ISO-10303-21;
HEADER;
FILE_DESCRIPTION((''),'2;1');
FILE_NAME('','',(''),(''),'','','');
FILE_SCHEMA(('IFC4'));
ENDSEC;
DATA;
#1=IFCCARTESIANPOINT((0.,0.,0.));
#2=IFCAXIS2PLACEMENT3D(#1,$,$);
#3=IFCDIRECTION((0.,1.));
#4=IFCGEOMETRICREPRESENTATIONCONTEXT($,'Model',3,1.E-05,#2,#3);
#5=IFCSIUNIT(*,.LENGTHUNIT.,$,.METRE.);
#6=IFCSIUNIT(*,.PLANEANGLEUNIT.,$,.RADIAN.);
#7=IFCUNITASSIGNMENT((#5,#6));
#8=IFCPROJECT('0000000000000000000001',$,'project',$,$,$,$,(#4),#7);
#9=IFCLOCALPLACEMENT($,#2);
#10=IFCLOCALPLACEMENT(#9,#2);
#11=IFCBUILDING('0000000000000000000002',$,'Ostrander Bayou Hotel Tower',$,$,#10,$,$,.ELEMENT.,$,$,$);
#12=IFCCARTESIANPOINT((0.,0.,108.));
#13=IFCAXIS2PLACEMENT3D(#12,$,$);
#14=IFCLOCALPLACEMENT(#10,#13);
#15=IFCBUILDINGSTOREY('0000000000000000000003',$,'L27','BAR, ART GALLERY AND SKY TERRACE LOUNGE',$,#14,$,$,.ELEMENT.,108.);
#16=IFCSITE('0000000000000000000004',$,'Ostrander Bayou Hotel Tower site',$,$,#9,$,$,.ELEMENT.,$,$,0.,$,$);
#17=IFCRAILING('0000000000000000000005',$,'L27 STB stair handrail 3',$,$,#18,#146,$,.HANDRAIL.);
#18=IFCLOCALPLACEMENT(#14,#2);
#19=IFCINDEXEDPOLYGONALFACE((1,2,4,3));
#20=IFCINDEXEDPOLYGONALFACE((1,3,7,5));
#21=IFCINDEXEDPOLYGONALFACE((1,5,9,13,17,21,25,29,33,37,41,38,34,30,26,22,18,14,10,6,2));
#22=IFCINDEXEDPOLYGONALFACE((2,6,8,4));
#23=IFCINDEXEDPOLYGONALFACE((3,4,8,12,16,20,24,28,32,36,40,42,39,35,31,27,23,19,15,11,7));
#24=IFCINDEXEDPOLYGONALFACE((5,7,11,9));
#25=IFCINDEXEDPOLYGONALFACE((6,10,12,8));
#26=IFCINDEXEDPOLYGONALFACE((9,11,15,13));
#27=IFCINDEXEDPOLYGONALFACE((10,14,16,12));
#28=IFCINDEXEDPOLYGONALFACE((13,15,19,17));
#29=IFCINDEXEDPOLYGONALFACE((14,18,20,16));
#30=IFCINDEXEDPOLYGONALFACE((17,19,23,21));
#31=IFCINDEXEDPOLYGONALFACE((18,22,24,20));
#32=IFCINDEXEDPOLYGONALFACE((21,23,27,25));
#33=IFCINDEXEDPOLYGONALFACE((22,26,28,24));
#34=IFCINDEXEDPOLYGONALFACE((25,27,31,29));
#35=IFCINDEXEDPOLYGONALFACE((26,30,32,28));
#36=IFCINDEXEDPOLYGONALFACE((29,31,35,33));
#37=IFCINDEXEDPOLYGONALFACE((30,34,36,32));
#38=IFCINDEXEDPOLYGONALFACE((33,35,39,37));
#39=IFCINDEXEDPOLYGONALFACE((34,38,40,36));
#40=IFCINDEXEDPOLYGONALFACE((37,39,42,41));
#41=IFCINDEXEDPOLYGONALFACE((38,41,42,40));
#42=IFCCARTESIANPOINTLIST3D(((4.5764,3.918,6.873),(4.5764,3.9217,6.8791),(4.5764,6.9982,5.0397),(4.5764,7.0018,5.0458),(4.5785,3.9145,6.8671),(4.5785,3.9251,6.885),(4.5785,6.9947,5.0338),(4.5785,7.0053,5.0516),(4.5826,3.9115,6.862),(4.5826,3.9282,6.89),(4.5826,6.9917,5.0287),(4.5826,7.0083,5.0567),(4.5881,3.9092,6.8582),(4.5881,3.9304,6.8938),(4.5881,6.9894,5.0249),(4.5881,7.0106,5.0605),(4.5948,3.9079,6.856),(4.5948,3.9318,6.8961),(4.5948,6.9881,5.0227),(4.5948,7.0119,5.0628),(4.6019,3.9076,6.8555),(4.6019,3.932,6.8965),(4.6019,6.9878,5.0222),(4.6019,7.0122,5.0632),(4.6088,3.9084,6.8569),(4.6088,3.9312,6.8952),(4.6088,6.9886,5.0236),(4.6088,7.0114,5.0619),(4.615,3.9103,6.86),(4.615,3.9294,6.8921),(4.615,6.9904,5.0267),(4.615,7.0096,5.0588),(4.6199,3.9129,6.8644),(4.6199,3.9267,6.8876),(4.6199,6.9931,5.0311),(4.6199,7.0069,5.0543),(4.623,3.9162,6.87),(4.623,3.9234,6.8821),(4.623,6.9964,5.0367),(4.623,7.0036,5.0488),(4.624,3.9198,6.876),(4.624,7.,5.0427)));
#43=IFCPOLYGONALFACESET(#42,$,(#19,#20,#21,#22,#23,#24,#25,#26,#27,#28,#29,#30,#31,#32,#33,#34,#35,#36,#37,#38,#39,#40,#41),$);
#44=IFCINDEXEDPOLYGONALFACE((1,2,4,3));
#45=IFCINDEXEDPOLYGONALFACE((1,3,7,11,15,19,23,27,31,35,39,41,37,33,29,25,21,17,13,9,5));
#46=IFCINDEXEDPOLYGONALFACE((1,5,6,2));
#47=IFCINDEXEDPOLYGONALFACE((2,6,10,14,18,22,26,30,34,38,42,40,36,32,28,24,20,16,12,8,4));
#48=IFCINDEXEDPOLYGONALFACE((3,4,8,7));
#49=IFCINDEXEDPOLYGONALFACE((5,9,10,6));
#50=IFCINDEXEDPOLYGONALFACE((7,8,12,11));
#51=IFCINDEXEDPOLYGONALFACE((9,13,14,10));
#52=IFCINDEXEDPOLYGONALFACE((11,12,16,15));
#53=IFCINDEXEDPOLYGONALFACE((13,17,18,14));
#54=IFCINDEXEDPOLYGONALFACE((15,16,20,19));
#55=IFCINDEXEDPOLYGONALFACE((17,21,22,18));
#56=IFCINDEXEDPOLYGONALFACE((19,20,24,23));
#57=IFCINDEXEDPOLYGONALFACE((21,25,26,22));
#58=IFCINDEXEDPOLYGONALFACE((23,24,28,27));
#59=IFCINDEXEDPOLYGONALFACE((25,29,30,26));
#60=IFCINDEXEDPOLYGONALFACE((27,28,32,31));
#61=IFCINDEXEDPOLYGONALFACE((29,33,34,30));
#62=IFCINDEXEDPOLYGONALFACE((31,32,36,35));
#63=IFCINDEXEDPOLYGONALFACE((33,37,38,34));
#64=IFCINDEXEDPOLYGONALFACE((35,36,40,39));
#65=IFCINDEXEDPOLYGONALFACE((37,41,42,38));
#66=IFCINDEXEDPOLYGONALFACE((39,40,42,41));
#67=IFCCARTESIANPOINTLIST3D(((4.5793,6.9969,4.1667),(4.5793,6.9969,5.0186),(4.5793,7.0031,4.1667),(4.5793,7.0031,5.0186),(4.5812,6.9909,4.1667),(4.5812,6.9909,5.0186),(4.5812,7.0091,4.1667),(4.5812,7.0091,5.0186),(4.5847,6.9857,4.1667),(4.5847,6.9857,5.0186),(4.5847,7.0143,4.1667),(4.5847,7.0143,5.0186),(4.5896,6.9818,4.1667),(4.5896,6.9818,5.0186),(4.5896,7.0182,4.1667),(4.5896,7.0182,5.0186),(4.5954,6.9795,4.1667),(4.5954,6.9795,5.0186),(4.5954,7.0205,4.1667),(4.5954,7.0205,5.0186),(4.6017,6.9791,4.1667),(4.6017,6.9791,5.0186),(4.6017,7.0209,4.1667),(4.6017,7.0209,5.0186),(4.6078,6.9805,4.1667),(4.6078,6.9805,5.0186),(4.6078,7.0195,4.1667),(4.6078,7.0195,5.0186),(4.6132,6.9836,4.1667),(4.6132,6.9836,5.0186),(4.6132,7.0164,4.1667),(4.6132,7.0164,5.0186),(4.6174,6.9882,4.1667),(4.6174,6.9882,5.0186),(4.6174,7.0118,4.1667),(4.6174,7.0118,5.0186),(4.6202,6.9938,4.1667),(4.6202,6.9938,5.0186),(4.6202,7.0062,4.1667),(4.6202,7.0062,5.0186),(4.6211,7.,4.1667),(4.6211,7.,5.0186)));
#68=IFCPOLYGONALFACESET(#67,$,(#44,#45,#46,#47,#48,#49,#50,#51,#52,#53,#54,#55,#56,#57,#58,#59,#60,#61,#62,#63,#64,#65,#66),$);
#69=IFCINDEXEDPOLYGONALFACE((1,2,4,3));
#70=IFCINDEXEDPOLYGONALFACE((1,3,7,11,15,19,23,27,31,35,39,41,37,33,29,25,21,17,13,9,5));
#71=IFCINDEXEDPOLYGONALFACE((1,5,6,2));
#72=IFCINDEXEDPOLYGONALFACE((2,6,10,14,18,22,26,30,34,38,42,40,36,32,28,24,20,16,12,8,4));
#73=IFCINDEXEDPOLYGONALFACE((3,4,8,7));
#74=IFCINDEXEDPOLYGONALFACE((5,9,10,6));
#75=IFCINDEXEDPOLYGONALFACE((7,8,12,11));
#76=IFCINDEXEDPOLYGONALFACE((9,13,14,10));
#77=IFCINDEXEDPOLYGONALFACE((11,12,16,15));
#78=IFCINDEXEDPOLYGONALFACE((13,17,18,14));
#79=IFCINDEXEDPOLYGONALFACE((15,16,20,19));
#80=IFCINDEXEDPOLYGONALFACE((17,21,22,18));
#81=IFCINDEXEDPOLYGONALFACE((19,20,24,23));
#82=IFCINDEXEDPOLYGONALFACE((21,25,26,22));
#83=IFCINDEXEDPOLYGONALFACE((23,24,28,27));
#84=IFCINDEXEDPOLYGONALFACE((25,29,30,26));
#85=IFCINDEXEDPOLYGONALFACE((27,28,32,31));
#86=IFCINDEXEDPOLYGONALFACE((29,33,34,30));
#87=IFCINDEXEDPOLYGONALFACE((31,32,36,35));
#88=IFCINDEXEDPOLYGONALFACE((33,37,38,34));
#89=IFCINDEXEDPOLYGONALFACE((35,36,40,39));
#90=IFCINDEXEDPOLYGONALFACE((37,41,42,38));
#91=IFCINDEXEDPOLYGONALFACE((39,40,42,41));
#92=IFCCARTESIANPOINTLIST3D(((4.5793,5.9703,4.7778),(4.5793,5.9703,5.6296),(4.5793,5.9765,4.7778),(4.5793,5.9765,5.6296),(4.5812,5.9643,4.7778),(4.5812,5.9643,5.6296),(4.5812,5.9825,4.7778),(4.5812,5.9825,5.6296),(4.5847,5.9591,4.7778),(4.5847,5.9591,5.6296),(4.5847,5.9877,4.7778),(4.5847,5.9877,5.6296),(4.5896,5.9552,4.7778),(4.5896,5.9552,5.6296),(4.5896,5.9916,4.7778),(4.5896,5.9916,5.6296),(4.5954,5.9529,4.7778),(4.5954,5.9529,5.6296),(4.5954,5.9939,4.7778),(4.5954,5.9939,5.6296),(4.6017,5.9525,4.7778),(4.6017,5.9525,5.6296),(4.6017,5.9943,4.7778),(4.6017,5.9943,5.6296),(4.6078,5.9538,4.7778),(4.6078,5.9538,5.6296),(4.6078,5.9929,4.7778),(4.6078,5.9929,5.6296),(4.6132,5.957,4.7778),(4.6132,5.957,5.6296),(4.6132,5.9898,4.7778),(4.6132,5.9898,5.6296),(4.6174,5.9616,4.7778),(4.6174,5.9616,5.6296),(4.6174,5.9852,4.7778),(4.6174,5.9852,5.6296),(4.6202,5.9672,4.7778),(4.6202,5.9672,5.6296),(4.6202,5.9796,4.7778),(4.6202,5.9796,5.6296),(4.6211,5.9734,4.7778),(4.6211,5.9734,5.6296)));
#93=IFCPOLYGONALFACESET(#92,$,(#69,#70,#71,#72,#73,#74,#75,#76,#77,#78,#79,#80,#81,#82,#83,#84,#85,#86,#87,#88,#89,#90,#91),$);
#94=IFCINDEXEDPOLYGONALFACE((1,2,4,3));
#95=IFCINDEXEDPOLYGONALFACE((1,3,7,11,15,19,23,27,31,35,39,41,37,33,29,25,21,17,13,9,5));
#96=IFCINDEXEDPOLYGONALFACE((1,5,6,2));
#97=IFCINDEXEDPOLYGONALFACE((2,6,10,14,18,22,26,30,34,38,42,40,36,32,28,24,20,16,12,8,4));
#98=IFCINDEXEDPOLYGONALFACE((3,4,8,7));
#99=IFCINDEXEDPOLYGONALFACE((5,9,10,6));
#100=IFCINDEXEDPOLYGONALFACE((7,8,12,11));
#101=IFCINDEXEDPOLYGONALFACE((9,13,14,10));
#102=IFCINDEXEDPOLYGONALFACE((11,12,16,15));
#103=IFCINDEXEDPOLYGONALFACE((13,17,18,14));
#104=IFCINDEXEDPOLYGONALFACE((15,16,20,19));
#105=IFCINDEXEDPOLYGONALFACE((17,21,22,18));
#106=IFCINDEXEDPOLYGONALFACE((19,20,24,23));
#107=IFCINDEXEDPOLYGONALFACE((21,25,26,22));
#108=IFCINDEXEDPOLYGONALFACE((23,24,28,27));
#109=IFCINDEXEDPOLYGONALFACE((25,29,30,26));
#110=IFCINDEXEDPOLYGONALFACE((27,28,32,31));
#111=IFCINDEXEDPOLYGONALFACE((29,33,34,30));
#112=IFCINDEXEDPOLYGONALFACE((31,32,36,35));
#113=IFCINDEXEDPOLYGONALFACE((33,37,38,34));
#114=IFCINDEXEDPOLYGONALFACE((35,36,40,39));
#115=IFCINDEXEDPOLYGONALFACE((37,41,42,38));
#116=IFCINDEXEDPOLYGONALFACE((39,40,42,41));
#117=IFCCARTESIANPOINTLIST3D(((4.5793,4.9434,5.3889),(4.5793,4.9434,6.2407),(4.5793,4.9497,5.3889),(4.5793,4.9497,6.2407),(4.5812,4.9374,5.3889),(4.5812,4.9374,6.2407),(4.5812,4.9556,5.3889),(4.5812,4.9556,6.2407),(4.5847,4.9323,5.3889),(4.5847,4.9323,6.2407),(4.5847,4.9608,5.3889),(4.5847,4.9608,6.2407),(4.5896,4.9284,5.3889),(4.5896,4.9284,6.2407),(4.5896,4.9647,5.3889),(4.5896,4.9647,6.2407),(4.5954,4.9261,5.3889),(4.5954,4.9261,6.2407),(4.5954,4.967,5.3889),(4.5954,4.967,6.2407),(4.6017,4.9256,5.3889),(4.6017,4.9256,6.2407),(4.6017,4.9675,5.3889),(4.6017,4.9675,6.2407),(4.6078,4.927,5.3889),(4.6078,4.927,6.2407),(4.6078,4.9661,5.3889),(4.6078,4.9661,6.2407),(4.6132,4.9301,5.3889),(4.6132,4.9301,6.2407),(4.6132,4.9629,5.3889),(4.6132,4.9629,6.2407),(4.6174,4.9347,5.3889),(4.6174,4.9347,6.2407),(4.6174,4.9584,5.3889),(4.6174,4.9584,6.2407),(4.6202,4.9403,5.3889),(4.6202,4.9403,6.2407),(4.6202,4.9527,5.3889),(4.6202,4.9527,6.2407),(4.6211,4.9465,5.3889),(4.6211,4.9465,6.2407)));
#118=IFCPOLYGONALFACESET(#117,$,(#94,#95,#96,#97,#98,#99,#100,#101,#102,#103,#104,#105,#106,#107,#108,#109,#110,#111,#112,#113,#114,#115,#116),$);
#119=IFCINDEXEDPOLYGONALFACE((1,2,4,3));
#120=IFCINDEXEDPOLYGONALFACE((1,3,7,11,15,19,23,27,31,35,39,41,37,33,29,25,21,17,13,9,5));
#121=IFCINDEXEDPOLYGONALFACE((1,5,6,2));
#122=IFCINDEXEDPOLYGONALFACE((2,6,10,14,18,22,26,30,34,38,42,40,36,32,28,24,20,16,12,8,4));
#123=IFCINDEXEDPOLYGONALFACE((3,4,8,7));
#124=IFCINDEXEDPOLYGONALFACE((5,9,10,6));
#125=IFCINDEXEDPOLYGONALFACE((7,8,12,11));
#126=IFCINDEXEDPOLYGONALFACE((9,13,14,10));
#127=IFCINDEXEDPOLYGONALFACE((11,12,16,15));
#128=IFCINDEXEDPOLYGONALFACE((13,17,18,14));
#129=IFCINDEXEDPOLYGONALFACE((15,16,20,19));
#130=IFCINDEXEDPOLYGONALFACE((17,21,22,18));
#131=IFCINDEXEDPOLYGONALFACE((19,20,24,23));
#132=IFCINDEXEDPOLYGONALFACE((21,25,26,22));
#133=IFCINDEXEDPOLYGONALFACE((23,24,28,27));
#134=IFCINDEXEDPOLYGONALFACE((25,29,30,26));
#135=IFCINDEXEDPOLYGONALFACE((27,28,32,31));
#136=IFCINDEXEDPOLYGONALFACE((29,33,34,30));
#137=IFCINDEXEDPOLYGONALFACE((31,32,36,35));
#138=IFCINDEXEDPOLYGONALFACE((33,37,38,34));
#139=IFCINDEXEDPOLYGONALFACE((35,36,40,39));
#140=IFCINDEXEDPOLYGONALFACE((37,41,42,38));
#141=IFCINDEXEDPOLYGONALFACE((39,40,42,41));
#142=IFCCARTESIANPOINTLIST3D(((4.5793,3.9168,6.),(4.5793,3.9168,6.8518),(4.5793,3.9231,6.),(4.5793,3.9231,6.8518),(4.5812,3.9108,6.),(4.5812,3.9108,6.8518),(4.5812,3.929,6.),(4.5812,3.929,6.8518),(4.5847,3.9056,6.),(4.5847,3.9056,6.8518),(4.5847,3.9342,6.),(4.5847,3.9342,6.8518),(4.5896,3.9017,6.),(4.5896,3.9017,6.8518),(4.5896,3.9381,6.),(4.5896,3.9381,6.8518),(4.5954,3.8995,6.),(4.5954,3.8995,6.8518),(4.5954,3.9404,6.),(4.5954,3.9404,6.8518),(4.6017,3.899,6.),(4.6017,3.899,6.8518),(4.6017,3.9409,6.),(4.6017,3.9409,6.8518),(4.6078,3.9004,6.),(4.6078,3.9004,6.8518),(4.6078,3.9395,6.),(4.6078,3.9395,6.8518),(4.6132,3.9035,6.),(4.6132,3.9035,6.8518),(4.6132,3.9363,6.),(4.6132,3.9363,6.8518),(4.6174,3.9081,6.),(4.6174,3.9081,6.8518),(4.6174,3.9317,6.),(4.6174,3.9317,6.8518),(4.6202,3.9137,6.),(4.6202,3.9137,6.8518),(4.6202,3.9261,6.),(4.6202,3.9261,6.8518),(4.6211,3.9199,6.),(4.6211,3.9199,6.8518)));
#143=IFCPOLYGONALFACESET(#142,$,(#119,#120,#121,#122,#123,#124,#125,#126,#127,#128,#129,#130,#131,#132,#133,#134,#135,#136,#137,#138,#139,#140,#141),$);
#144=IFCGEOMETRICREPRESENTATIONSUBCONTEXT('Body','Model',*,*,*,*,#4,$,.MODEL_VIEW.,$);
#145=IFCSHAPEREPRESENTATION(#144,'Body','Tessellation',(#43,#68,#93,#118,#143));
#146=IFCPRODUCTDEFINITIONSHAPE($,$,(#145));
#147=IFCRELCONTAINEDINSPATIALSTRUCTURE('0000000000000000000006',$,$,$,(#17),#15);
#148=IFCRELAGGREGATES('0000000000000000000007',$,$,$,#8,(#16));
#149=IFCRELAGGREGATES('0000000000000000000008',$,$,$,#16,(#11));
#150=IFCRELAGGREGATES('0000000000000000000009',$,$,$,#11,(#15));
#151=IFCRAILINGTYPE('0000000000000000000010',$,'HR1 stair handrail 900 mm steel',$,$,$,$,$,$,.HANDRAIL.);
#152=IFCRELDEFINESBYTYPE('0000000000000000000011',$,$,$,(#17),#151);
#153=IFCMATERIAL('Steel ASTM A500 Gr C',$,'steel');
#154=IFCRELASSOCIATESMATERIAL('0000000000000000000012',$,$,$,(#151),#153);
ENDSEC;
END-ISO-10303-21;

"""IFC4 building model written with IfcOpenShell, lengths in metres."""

from ifc_helpers import new_model, si_unit, direction, frame, origin, origin_2d, place, context, subcontext, project, spatial, circle, extrude, material, type_object, element, save


model = new_model("IFC4")

# Units and contexts
model_context = context("Model", 3, precision=1e-05, world=origin(), true_north=direction((0.0, 1.0)))
body_context = subcontext(model_context, "Body", "Model", "MODEL_VIEW")
ifc_project = project(units=[si_unit("LENGTHUNIT", "METRE"), si_unit("PLANEANGLEUNIT", "RADIAN")], contexts=[model_context])

# Site, building, storey
site_placement = place(None, origin())
site = spatial("IfcSite", under=ifc_project, at=site_placement, Name="Ostrander Bayou Hotel Tower site", CompositionType="ELEMENT", RefElevation=0.0)
building_placement = place(site_placement, origin())
building = spatial("IfcBuilding", under=site, at=building_placement, Name="Ostrander Bayou Hotel Tower", CompositionType="ELEMENT")
storey_placement = place(building_placement, frame((0.0, 0.0, 108.0)))
storey = spatial("IfcBuildingStorey", under=building, at=storey_placement, Name="L27", Description="BAR, ART GALLERY AND SKY TERRACE LOUNGE", CompositionType="ELEMENT", Elevation=108.0)

# Railing
ifc_material_1 = material(Name="Steel ASTM A500 Gr C", Category="steel")
railing_type_1 = type_object("IfcRailingType", Name="HR1 stair handrail 900 mm steel", PredefinedType="HANDRAIL", material=ifc_material_1)
for number, where, name in (
    (1, (4.6001, 7.0, 4.1667), "L27 STB stair handrail 3"),
):
    element("IfcRailing", number, at=place(storey_placement, frame(where)), inside=storey, type_object=railing_type_1, Name=name, PredefinedType="HANDRAIL", context=body_context, shape_type="SweptSolid", body=[
        extrude(circle(Radius=0.0239, at=origin_2d()), frame((0.0, 0.0, 0.876), z_axis=(0.0, -0.859309, 0.511458), x_axis=(1.0, 0.0, 0.0)), (0.0, 0.0, 1.0), 3.5845),
        extrude(circle(Radius=0.021, at=origin_2d()), origin(), (0.0, 0.0, 1.0), 0.8518),
        extrude(circle(Radius=0.021, at=origin_2d()), frame((0.0, -1.0266, 0.6111)), (0.0, 0.0, 1.0), 0.8518),
        extrude(circle(Radius=0.021, at=origin_2d()), frame((0.0, -2.0535, 1.2222)), (0.0, 0.0, 1.0), 0.8518),
        extrude(circle(Radius=0.021, at=origin_2d()), frame((0.0, -3.0801, 1.8333)), (0.0, 0.0, 1.0), 0.8518),
    ])

save(model, "model.ifc")
